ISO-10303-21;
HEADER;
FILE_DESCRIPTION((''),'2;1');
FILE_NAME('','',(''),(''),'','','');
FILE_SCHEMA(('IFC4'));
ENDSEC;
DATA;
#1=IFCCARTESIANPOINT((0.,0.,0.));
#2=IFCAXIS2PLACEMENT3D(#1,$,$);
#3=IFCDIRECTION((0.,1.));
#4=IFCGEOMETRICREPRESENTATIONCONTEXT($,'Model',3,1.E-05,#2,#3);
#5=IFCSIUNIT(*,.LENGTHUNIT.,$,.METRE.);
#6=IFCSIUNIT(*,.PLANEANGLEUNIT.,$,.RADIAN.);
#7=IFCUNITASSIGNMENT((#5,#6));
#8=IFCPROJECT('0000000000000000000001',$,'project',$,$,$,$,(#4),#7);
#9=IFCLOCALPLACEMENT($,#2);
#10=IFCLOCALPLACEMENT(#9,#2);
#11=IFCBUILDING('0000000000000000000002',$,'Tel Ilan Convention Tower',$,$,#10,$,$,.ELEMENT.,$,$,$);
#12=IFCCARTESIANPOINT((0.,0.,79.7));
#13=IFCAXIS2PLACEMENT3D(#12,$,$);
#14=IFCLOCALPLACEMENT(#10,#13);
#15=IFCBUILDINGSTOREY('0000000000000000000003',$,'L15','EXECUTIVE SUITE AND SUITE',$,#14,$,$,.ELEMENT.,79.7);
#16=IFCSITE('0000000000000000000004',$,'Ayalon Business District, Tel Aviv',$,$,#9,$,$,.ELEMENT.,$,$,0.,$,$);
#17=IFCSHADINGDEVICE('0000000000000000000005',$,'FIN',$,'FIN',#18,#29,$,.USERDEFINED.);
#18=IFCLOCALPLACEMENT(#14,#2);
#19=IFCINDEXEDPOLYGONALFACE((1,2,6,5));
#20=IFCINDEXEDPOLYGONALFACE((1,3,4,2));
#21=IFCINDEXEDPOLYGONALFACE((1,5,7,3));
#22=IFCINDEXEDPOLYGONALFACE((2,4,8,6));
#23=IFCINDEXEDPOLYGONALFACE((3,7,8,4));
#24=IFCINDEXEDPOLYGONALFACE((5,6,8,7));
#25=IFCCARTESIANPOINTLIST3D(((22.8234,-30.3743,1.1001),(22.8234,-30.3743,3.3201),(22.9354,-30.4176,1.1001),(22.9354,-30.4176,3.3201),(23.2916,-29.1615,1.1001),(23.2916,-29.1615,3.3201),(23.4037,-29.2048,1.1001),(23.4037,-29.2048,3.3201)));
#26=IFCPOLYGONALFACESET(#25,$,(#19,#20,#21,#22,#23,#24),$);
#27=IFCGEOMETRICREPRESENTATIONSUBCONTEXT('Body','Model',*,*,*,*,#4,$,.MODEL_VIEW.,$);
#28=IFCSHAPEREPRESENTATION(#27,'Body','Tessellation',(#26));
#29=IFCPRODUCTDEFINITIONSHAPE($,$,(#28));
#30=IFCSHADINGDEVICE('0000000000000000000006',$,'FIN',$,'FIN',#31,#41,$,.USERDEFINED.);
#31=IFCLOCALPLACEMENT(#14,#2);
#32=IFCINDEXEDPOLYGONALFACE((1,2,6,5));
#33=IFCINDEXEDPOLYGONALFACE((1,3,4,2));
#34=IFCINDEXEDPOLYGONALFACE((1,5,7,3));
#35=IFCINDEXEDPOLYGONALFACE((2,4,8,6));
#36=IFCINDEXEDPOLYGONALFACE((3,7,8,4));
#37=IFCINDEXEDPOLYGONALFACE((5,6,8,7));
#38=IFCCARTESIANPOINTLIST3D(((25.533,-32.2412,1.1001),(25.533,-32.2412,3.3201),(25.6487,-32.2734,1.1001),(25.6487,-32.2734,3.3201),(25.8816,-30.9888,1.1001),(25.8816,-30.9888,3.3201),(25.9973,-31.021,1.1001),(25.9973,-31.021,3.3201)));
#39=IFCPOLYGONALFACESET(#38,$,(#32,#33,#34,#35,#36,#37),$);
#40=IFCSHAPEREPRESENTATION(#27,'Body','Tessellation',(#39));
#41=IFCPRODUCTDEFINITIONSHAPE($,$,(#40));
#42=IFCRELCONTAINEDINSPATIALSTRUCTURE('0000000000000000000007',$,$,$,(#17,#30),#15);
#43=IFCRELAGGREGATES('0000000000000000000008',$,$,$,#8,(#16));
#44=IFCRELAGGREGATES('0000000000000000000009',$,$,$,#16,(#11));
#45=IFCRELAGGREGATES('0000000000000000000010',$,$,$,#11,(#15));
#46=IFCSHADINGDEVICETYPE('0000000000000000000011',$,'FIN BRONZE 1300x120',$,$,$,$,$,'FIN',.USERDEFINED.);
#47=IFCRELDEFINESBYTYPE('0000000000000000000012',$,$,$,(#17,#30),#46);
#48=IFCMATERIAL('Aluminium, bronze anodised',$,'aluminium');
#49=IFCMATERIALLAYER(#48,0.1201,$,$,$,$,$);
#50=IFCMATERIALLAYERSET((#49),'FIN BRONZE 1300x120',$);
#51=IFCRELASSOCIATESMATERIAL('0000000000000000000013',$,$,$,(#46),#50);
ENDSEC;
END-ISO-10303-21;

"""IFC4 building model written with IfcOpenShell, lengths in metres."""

from ifc_helpers import new_model, si_unit, direction, frame, origin, origin_2d, place, context, subcontext, project, spatial, rectangle, extrude, material, layer, layer_set, type_object, element, save


model = new_model("IFC4")

# Units and contexts
model_context = context("Model", 3, precision=1e-05, world=origin(), true_north=direction((0.0, 1.0)))
body_context = subcontext(model_context, "Body", "Model", "MODEL_VIEW")
ifc_project = project(units=[si_unit("LENGTHUNIT", "METRE"), si_unit("PLANEANGLEUNIT", "RADIAN")], contexts=[model_context])

# Site, building, storey
site_placement = place(None, origin())
site = spatial("IfcSite", under=ifc_project, at=site_placement, Name="Ayalon Business District, Tel Aviv", CompositionType="ELEMENT", RefElevation=0.0)
building_placement = place(site_placement, origin())
building = spatial("IfcBuilding", under=site, at=building_placement, Name="Tel Ilan Convention Tower", CompositionType="ELEMENT")
storey_placement = place(building_placement, frame((0.0, 0.0, 79.7)))
storey = spatial("IfcBuildingStorey", under=building, at=storey_placement, Name="L15", Description="EXECUTIVE SUITE AND SUITE", CompositionType="ELEMENT", Elevation=79.7)

# Shading devices
ifc_material_1 = material(Name="Aluminium, bronze anodised", Category="aluminium")
ifc_layer_1 = layer(ifc_material_1, 0.1201)
ifc_layer_set_1 = layer_set([ifc_layer_1], Name="FIN BRONZE 1300x120")
shading_device_type = type_object("IfcShadingDeviceType", Name="FIN BRONZE 1300x120", ElementType="FIN", PredefinedType="USERDEFINED", material=ifc_layer_set_1)
for number, where, z_axis, x_axis, name in (
    (1, (23.1135, -29.7896, 1.1001), (0.0, 0.0, 1.0), (-0.360178, -0.932884, 0.0), "FIN"),
    (2, (25.7651, -31.6311, 1.1001), (0.0, 0.0, 1.0), (-0.268173, -0.963371, 0.0), "FIN"),
):
    element("IfcShadingDevice", number, at=place(storey_placement, frame(where, z_axis=z_axis, x_axis=x_axis)), inside=storey, type_object=shading_device_type, Name=name, ObjectType="FIN", PredefinedType="USERDEFINED", context=body_context, shape_type="SweptSolid", body=[
        extrude(rectangle(XDim=1.3, YDim=0.1201, at=origin_2d()), origin(), (0.0, 0.0, 1.0), 2.22),
    ])

save(model, "model.ifc")
